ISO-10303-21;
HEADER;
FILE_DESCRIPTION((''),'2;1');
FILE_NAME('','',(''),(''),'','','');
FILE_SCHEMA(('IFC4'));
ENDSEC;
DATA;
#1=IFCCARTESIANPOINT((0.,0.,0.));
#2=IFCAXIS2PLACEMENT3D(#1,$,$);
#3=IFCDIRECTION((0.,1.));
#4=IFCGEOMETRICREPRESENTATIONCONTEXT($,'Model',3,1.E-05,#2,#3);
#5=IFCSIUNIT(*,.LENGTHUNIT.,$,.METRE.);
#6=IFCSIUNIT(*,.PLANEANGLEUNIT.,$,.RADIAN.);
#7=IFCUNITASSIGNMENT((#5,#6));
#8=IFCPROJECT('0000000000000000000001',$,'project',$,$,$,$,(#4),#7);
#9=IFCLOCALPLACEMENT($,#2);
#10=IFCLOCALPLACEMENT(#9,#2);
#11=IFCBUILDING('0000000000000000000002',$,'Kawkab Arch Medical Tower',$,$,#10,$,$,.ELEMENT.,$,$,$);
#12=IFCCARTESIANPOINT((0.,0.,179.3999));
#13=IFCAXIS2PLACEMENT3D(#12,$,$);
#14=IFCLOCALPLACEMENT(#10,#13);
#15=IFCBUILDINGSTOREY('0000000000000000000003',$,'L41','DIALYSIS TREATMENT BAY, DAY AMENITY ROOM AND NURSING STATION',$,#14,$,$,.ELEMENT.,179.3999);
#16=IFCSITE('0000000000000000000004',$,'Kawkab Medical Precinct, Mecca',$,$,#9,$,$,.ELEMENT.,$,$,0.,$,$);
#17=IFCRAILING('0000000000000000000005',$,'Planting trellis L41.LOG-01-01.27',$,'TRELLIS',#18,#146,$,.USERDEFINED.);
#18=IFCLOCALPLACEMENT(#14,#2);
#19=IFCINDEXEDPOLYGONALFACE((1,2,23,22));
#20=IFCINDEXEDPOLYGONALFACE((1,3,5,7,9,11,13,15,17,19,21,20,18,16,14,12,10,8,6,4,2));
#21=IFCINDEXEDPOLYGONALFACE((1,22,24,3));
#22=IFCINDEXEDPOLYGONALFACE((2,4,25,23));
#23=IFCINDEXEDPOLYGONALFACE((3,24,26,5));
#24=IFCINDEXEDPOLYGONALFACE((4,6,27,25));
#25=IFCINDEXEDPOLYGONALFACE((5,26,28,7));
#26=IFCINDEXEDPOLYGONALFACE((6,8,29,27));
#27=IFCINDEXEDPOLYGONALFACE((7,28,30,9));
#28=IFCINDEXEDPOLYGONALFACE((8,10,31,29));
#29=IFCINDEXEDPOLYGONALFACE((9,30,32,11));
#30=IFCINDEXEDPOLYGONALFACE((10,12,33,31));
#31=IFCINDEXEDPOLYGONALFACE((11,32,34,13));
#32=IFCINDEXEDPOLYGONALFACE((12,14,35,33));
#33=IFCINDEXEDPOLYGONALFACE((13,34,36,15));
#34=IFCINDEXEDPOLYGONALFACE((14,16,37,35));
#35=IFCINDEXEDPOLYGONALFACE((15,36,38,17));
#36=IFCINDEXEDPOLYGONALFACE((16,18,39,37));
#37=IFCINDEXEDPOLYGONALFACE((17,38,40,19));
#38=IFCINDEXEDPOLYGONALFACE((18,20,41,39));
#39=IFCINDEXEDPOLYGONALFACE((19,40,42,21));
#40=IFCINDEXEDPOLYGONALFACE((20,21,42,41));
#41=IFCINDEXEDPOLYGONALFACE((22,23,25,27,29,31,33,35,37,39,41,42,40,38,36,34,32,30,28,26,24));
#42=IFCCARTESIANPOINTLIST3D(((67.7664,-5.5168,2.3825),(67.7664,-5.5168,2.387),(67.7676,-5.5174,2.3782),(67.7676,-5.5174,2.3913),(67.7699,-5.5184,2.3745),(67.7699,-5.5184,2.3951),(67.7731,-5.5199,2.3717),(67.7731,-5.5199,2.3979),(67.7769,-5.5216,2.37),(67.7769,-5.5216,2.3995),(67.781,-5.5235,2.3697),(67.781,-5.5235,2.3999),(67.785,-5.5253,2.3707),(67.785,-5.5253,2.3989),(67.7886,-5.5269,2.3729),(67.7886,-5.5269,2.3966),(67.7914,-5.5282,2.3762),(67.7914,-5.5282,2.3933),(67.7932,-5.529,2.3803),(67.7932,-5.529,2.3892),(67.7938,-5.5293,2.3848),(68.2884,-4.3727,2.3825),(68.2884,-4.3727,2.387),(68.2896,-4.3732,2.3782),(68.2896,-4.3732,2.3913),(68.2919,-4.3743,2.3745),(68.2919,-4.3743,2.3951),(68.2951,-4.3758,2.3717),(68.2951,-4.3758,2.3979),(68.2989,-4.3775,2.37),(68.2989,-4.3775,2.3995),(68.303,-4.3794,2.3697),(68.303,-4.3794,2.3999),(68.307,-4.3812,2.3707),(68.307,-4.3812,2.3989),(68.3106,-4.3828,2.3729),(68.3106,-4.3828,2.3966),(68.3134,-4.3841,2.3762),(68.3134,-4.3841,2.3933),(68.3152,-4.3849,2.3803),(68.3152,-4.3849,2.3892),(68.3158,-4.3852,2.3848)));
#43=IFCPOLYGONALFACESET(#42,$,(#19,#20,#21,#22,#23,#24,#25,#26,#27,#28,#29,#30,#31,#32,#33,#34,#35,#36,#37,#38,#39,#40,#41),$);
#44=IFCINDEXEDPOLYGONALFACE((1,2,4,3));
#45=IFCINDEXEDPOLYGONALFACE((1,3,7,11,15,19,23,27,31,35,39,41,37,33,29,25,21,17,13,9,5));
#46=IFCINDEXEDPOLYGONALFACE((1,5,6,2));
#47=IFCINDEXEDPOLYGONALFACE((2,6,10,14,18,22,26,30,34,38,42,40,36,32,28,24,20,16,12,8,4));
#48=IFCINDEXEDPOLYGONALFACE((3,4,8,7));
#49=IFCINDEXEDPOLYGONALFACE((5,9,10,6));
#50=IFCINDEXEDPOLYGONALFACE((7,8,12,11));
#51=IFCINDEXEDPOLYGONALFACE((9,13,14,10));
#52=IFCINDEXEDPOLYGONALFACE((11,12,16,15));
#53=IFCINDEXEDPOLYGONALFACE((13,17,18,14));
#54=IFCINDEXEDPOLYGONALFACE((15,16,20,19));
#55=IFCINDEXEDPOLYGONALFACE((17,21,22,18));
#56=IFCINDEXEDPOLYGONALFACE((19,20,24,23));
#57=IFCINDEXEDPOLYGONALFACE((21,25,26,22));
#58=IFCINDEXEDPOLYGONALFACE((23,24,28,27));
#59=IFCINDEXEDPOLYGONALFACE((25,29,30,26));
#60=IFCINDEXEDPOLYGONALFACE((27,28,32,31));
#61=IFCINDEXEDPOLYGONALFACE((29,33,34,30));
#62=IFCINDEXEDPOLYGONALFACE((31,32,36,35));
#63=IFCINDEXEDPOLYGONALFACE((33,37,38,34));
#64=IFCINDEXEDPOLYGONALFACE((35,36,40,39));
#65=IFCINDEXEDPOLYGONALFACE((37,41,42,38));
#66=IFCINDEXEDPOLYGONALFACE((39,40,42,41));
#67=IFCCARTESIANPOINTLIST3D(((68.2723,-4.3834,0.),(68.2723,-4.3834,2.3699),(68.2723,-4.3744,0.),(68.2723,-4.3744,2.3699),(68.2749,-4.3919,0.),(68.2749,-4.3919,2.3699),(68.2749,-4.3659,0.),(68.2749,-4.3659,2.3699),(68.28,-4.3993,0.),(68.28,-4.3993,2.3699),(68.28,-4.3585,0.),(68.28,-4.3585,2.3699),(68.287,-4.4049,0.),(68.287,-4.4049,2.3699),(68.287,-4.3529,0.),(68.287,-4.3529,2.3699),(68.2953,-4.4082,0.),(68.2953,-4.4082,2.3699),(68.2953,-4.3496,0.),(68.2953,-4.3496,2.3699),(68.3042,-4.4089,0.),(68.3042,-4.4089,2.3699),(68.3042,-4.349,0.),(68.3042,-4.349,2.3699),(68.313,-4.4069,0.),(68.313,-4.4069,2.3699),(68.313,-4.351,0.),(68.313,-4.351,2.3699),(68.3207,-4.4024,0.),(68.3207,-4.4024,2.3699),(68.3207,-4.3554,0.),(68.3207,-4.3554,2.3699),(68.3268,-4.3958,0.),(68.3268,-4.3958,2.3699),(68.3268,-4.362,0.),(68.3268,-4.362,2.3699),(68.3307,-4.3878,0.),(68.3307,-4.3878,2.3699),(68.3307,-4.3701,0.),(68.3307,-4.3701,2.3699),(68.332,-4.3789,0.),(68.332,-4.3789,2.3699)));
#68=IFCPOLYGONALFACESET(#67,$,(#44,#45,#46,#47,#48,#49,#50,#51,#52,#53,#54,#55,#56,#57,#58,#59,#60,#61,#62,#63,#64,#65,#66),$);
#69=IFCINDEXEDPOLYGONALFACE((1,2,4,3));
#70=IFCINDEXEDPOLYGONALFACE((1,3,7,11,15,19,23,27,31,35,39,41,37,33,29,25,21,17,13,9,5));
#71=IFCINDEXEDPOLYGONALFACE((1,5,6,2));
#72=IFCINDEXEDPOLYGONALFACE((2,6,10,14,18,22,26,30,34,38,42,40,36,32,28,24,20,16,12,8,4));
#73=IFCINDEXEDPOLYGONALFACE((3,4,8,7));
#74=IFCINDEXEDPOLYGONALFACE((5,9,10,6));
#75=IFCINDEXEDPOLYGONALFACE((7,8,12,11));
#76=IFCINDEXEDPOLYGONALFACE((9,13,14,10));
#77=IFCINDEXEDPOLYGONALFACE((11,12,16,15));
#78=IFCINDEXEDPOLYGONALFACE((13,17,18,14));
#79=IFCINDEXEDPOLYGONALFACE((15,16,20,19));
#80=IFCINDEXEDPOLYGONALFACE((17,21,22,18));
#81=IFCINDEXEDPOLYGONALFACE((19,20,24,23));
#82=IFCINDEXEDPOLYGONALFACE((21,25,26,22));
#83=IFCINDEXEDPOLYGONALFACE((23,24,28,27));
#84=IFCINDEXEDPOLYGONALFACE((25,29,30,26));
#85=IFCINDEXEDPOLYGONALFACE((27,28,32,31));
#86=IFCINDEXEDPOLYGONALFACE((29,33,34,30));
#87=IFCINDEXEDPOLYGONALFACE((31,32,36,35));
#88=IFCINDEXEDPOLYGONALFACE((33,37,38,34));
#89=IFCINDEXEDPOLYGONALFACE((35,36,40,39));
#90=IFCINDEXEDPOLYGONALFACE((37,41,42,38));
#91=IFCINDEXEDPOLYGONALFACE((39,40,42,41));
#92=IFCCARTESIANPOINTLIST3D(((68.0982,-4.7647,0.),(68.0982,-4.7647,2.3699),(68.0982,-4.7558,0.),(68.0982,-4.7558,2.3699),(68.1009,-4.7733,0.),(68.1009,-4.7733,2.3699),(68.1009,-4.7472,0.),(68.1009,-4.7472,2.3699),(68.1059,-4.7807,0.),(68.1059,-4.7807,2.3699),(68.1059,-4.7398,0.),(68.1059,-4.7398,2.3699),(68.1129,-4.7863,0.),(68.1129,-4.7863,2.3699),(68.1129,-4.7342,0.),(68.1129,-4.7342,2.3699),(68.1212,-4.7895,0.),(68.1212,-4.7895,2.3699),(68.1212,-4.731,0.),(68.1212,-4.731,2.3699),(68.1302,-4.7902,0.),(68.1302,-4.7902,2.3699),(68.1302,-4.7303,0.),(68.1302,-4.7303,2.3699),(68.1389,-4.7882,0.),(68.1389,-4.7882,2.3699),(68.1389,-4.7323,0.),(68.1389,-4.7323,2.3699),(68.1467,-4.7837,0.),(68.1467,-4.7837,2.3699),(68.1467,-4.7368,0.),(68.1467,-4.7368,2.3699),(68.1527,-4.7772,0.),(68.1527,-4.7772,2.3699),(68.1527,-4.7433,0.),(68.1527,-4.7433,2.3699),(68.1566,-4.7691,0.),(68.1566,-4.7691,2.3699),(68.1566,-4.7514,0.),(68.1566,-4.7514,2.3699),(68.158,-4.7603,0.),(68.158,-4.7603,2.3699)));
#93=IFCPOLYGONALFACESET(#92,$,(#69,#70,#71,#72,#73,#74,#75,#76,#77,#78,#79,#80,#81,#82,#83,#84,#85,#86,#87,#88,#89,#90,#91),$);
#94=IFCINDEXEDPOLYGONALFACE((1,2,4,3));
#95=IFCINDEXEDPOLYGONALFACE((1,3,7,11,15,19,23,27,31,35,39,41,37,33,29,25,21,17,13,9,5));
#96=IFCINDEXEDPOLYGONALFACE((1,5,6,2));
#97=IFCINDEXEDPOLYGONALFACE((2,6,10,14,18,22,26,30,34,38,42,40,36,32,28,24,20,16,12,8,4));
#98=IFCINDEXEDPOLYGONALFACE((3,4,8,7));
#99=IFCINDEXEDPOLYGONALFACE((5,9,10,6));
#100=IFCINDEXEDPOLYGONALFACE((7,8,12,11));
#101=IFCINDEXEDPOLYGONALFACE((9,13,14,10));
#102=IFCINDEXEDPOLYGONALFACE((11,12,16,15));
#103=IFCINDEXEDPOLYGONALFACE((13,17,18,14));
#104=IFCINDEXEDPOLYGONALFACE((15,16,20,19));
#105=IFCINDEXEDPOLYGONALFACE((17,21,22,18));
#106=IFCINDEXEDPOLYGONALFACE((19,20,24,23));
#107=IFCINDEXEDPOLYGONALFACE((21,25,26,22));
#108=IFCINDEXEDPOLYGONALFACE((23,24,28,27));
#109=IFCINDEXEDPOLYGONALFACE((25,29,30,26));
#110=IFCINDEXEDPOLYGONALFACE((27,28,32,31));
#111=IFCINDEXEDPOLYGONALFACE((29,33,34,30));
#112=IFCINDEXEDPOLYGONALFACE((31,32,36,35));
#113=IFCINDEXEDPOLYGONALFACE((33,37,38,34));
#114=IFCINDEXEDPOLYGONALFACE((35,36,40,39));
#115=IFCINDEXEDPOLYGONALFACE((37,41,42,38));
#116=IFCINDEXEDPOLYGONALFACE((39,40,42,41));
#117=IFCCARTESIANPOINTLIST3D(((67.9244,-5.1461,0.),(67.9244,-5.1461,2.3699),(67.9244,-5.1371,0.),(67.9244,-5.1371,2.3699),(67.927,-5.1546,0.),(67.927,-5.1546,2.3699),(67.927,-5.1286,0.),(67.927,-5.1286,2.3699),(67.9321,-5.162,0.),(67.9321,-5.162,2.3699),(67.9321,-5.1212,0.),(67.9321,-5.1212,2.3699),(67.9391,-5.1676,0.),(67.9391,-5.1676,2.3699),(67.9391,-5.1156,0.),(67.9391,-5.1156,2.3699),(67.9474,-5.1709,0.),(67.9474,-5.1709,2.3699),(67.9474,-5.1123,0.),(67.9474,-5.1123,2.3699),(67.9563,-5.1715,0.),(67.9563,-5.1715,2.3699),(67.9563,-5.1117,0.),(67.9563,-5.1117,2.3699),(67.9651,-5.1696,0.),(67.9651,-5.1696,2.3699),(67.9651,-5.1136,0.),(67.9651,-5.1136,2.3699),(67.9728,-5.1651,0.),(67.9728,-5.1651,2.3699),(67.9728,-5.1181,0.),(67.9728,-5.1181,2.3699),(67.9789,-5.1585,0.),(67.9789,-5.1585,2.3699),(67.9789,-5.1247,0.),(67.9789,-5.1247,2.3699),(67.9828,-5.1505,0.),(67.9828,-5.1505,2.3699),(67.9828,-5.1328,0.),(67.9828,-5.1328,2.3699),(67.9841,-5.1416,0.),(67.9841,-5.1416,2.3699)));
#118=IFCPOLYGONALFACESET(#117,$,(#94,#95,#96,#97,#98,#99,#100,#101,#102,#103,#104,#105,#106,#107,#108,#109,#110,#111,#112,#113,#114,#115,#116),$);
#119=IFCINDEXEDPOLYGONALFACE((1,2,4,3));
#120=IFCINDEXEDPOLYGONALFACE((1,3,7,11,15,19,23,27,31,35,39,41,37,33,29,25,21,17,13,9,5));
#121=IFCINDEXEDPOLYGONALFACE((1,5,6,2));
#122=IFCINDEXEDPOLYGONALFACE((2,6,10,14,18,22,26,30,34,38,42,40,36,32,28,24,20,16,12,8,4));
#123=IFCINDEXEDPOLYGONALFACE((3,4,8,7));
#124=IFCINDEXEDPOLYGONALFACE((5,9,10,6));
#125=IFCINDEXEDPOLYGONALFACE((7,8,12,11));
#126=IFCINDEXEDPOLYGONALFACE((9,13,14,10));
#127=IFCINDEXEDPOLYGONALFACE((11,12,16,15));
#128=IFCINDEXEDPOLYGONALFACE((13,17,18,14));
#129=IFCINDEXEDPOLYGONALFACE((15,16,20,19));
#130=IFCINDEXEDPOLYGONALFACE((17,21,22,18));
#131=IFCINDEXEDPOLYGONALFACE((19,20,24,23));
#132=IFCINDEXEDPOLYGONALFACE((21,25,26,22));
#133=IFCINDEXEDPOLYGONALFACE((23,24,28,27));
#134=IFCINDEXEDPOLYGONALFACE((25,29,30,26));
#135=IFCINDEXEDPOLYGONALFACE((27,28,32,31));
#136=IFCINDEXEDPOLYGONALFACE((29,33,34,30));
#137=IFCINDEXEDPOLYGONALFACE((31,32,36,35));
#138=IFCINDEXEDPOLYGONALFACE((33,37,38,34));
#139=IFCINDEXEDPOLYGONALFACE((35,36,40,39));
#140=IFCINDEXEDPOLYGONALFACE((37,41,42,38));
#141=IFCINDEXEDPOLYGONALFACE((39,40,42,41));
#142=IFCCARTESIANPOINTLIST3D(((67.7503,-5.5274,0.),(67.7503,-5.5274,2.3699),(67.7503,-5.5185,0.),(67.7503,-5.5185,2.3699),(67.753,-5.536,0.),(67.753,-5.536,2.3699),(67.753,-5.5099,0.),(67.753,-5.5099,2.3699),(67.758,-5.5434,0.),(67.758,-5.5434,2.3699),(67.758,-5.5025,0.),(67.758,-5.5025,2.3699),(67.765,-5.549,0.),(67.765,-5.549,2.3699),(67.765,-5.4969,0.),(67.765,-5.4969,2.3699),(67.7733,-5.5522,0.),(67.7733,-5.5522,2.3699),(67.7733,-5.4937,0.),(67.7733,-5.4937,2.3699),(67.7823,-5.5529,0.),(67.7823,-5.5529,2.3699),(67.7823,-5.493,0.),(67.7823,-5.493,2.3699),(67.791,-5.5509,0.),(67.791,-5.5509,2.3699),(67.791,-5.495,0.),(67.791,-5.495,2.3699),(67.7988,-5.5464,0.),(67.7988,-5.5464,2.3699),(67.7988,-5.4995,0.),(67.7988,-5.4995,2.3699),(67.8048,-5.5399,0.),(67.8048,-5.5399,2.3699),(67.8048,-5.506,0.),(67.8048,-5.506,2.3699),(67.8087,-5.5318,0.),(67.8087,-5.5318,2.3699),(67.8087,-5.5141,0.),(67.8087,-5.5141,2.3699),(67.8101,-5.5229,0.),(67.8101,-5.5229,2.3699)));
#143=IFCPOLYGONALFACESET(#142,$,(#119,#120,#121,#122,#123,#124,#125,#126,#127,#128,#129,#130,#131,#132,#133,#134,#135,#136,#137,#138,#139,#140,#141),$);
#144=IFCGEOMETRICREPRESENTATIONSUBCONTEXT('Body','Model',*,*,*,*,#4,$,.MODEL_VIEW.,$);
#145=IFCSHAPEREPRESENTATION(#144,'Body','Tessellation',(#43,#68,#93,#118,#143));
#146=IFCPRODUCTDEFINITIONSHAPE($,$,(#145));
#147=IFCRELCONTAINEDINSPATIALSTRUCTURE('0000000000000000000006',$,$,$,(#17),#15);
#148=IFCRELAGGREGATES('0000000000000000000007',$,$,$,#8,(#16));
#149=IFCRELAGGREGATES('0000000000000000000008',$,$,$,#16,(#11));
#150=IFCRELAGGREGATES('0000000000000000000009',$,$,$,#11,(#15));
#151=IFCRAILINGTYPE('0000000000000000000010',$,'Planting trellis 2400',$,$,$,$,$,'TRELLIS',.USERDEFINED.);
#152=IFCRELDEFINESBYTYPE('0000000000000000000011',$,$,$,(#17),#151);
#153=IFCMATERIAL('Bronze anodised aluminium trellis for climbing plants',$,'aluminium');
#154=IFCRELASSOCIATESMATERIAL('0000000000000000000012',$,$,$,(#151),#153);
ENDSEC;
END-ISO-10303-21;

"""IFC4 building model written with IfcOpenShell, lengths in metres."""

from ifc_helpers import new_model, si_unit, direction, frame, origin, origin_2d, place, context, subcontext, project, spatial, circle, extrude, material, type_object, element, save


model = new_model("IFC4")

# Units and contexts
model_context = context("Model", 3, precision=1e-05, world=origin(), true_north=direction((0.0, 1.0)))
body_context = subcontext(model_context, "Body", "Model", "MODEL_VIEW")
ifc_project = project(units=[si_unit("LENGTHUNIT", "METRE"), si_unit("PLANEANGLEUNIT", "RADIAN")], contexts=[model_context])

# Site, building, storey
site_placement = place(None, origin())
site = spatial("IfcSite", under=ifc_project, at=site_placement, Name="Kawkab Medical Precinct, Mecca", CompositionType="ELEMENT", RefElevation=0.0)
building_placement = place(site_placement, origin())
building = spatial("IfcBuilding", under=site, at=building_placement, Name="Kawkab Arch Medical Tower", CompositionType="ELEMENT")
storey_placement = place(building_placement, frame((0.0, 0.0, 179.3999)))
storey = spatial("IfcBuildingStorey", under=building, at=storey_placement, Name="L41", Description="DIALYSIS TREATMENT BAY, DAY AMENITY ROOM AND NURSING STATION", CompositionType="ELEMENT", Elevation=179.3999)

# Railing
ifc_material_1 = material(Name="Bronze anodised aluminium trellis for climbing plants", Category="aluminium")
railing_type = type_object("IfcRailingType", Name="Planting trellis 2400", ElementType="TRELLIS", PredefinedType="USERDEFINED", material=ifc_material_1)
railing_1_placement = place(storey_placement, frame((68.302, -4.3789, 0.0)))
element("IfcRailing", 1, at=railing_1_placement, inside=storey, type_object=railing_type, Name="Planting trellis L41.LOG-01-01.27", ObjectType="TRELLIS", PredefinedType="USERDEFINED", context=body_context, shape_type="SweptSolid", body=[
    extrude(circle(Radius=0.0151, at=origin_2d()), frame((0.0, 0.0, 2.3848), z_axis=(-0.41509, -0.90978, 0.0), x_axis=(0.90978, -0.41509, 0.0)), (0.0, 0.0, 1.0), 1.2576),
    extrude(circle(Radius=0.03, at=origin_2d()), origin(), (0.0, 0.0, 1.0), 2.3699),
    extrude(circle(Radius=0.03, at=origin_2d()), frame((-0.1741, -0.3813, 0.0)), (0.0, 0.0, 1.0), 2.3699),
    extrude(circle(Radius=0.03, at=origin_2d()), frame((-0.3479, -0.7627, 0.0)), (0.0, 0.0, 1.0), 2.3699),
    extrude(circle(Radius=0.03, at=origin_2d()), frame((-0.522, -1.144, 0.0)), (0.0, 0.0, 1.0), 2.3699),
])

save(model, "model.ifc")
